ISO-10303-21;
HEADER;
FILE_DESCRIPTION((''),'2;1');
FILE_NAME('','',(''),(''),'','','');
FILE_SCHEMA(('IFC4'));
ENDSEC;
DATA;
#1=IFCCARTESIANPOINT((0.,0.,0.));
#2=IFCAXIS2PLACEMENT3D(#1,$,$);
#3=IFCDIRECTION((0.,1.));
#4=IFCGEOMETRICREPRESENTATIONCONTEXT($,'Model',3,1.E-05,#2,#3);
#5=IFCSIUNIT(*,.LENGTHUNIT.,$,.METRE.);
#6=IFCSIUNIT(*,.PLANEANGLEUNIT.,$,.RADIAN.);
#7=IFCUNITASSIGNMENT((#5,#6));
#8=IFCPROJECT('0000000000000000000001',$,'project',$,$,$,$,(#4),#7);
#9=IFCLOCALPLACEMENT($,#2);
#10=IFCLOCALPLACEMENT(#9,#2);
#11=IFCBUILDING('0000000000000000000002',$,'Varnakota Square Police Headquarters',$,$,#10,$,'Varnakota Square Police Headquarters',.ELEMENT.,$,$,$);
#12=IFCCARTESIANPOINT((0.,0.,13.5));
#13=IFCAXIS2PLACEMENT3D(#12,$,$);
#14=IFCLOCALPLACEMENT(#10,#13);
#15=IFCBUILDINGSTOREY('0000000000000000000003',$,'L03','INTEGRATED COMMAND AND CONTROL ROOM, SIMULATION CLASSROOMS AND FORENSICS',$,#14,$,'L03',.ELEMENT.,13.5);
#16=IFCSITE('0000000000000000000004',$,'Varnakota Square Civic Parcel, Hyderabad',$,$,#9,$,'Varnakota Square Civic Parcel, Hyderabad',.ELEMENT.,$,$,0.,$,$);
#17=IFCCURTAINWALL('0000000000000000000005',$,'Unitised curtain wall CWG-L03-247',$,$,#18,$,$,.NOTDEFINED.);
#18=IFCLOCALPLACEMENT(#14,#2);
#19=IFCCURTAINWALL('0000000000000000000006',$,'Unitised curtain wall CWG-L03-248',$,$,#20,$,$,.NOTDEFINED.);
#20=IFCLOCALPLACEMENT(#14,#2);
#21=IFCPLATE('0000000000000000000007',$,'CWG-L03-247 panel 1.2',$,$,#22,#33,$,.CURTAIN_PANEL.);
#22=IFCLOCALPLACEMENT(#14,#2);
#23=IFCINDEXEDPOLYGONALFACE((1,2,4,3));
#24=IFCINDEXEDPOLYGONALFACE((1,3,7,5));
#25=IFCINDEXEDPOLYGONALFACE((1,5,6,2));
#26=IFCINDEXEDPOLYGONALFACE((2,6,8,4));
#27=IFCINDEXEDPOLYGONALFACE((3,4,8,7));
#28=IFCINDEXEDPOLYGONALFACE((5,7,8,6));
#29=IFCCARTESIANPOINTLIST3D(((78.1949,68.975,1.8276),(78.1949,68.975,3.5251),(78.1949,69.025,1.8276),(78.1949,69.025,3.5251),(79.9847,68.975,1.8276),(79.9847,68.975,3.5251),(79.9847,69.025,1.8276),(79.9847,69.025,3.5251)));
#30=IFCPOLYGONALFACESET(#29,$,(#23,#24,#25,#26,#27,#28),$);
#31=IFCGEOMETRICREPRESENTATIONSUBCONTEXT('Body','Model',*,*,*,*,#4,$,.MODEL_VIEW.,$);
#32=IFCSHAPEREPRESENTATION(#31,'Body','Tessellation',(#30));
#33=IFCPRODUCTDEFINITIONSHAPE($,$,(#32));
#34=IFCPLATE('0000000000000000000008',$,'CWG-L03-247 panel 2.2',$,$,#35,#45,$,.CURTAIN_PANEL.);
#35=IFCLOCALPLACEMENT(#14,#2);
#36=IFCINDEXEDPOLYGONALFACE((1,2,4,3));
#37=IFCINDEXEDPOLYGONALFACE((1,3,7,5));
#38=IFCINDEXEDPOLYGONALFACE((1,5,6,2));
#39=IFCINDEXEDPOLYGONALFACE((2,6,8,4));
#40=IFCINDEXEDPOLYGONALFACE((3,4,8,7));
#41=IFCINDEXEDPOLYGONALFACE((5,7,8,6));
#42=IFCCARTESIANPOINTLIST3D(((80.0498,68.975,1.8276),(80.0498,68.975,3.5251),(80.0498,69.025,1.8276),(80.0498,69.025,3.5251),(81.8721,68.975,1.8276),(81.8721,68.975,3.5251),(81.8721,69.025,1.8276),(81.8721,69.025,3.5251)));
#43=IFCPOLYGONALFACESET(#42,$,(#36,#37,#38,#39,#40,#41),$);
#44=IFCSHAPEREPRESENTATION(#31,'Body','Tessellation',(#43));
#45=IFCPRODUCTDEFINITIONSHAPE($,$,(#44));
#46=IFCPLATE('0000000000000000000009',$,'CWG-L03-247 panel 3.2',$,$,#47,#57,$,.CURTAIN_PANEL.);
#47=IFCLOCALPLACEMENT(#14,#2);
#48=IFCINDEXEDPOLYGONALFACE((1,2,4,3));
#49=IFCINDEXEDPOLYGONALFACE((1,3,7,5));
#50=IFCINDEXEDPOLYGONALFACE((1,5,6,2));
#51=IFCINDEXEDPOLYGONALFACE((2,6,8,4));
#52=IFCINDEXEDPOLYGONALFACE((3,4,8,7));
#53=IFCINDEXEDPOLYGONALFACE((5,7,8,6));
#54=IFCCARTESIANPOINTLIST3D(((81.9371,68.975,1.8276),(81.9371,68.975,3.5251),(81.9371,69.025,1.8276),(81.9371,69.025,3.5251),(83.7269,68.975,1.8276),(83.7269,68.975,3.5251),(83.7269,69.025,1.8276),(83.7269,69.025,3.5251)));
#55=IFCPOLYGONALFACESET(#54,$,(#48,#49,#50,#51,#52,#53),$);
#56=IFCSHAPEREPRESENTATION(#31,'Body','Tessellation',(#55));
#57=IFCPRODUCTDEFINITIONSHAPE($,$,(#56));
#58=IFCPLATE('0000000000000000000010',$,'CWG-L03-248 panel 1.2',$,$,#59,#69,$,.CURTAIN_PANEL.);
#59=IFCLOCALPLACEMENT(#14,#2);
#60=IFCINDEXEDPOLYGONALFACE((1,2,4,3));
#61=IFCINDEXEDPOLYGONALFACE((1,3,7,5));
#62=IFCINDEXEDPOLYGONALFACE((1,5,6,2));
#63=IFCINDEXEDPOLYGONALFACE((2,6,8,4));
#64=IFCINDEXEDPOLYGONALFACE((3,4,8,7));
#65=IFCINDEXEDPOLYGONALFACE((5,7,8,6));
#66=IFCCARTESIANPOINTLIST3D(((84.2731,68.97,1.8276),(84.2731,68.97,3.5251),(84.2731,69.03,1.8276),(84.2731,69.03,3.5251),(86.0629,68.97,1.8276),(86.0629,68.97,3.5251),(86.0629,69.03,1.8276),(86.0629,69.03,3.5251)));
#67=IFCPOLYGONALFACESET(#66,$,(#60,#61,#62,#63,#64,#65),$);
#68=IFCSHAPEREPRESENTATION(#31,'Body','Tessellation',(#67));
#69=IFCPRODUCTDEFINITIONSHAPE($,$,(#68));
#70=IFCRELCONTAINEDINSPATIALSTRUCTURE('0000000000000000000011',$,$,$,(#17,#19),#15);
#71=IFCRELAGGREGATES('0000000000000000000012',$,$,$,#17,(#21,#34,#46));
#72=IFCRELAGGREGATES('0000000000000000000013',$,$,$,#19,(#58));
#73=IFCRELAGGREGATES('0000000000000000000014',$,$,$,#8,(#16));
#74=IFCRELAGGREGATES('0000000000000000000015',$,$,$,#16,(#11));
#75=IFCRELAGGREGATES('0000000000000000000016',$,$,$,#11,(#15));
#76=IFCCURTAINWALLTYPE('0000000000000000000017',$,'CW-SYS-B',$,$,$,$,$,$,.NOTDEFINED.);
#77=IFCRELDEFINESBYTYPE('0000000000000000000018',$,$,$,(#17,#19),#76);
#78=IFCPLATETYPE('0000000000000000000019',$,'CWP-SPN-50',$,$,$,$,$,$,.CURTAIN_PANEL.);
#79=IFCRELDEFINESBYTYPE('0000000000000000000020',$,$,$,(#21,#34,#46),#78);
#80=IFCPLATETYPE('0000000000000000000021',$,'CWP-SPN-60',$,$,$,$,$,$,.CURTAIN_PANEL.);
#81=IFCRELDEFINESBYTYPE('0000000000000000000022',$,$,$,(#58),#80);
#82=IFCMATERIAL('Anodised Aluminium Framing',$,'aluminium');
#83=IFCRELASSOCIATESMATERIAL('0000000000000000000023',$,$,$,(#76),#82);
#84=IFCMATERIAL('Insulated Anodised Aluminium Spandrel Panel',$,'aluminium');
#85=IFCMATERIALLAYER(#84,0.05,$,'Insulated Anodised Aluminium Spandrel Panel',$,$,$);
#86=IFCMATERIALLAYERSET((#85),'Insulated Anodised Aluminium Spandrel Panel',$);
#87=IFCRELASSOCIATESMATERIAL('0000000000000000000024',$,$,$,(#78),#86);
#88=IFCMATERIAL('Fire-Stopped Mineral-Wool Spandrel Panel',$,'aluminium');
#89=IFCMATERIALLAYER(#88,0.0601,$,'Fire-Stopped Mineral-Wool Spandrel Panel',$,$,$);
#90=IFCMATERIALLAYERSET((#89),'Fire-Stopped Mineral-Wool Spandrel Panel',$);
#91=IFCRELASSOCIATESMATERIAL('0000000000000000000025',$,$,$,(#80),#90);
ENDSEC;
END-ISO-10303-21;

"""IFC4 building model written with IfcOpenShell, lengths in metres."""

from ifc_helpers import new_model, si_unit, direction, frame, origin, origin_2d, place, context, subcontext, project, spatial, rectangle, extrude, material, layer, layer_set, type_object, element, aggregate, save


model = new_model("IFC4")

# Units and contexts
model_context = context("Model", 3, precision=1e-05, world=origin(), true_north=direction((0.0, 1.0)))
body_context = subcontext(model_context, "Body", "Model", "MODEL_VIEW")
ifc_project = project(units=[si_unit("LENGTHUNIT", "METRE"), si_unit("PLANEANGLEUNIT", "RADIAN")], contexts=[model_context])

# Site, building, storey
site_placement = place(None, origin())
site = spatial("IfcSite", under=ifc_project, at=site_placement, Name="Varnakota Square Civic Parcel, Hyderabad", LongName="Varnakota Square Civic Parcel, Hyderabad", CompositionType="ELEMENT", RefElevation=0.0)
building_placement = place(site_placement, origin())
building = spatial("IfcBuilding", under=site, at=building_placement, Name="Varnakota Square Police Headquarters", LongName="Varnakota Square Police Headquarters", CompositionType="ELEMENT")
storey_placement = place(building_placement, frame((0.0, 0.0, 13.5)))
storey = spatial("IfcBuildingStorey", under=building, at=storey_placement, Name="L03", Description="INTEGRATED COMMAND AND CONTROL ROOM, SIMULATION CLASSROOMS AND FORENSICS", LongName="L03", CompositionType="ELEMENT", Elevation=13.5)

# Shared definitions
ifc_material_1 = material(Name="Anodised Aluminium Framing", Category="aluminium")
curtain_wall_type = type_object("IfcCurtainWallType", Name="CW-SYS-B", PredefinedType="NOTDEFINED", material=ifc_material_1)

# Curtain walls
curtain_wall_1_placement = place(storey_placement, origin())
curtain_wall_1 = element("IfcCurtainWall", 1, at=curtain_wall_1_placement, inside=storey, type_object=curtain_wall_type, Name="Unitised curtain wall CWG-L03-247", PredefinedType="NOTDEFINED")
curtain_wall_2_placement = place(storey_placement, origin())
curtain_wall_2 = element("IfcCurtainWall", 2, at=curtain_wall_2_placement, inside=storey, type_object=curtain_wall_type, Name="Unitised curtain wall CWG-L03-248", PredefinedType="NOTDEFINED")

# Plates
ifc_material_2 = material(Name="Insulated Anodised Aluminium Spandrel Panel", Category="aluminium")
ifc_layer_1 = layer(ifc_material_2, 0.05, Name="Insulated Anodised Aluminium Spandrel Panel")
ifc_layer_set_1 = layer_set([ifc_layer_1], Name="Insulated Anodised Aluminium Spandrel Panel")
plate_type_1 = type_object("IfcPlateType", Name="CWP-SPN-50", PredefinedType="CURTAIN_PANEL", material=ifc_layer_set_1)
plate_1_placement = place(storey_placement, frame((79.0898, 69.0, 1.8276), z_axis=(0.0, 0.0, 1.0), x_axis=(1.0, 0.0, 0.0)))
plate_1 = element("IfcPlate", 3, at=plate_1_placement, type_object=plate_type_1, Name="CWG-L03-247 panel 1.2", PredefinedType="CURTAIN_PANEL", context=body_context, shape_type="SweptSolid", body=[
    extrude(rectangle(XDim=1.7898, YDim=0.05, at=origin_2d()), origin(), (0.0, 0.0, 1.0), 1.6975),
])
plate_2_placement = place(storey_placement, frame((80.9609, 69.0, 1.8276), z_axis=(0.0, 0.0, 1.0), x_axis=(1.0, 0.0, 0.0)))
plate_2 = element("IfcPlate", 4, at=plate_2_placement, type_object=plate_type_1, Name="CWG-L03-247 panel 2.2", PredefinedType="CURTAIN_PANEL", context=body_context, shape_type="SweptSolid", body=[
    extrude(rectangle(XDim=1.8223, YDim=0.05, at=origin_2d()), origin(), (0.0, 0.0, 1.0), 1.6975),
])
plate_3_placement = place(storey_placement, frame((82.832, 69.0, 1.8276), z_axis=(0.0, 0.0, 1.0), x_axis=(1.0, 0.0, 0.0)))
plate_3 = element("IfcPlate", 5, at=plate_3_placement, type_object=plate_type_1, Name="CWG-L03-247 panel 3.2", PredefinedType="CURTAIN_PANEL", context=body_context, shape_type="SweptSolid", body=[
    extrude(rectangle(XDim=1.7898, YDim=0.05, at=origin_2d()), origin(), (0.0, 0.0, 1.0), 1.6975),
])
aggregate(curtain_wall_1, [plate_1, plate_2, plate_3])
ifc_material_3 = material(Name="Fire-Stopped Mineral-Wool Spandrel Panel", Category="aluminium")
ifc_layer_2 = layer(ifc_material_3, 0.0601, Name="Fire-Stopped Mineral-Wool Spandrel Panel")
ifc_layer_set_2 = layer_set([ifc_layer_2], Name="Fire-Stopped Mineral-Wool Spandrel Panel")
plate_type_2 = type_object("IfcPlateType", Name="CWP-SPN-60", PredefinedType="CURTAIN_PANEL", material=ifc_layer_set_2)
plate_4_placement = place(storey_placement, frame((85.168, 69.0, 1.8276), z_axis=(0.0, 0.0, 1.0), x_axis=(1.0, 0.0, 0.0)))
plate_4 = element("IfcPlate", 6, at=plate_4_placement, type_object=plate_type_2, Name="CWG-L03-248 panel 1.2", PredefinedType="CURTAIN_PANEL", context=body_context, shape_type="SweptSolid", body=[
    extrude(rectangle(XDim=1.7898, YDim=0.0601, at=origin_2d()), origin(), (0.0, 0.0, 1.0), 1.6975),
])
aggregate(curtain_wall_2, [plate_4])

save(model, "model.ifc")
